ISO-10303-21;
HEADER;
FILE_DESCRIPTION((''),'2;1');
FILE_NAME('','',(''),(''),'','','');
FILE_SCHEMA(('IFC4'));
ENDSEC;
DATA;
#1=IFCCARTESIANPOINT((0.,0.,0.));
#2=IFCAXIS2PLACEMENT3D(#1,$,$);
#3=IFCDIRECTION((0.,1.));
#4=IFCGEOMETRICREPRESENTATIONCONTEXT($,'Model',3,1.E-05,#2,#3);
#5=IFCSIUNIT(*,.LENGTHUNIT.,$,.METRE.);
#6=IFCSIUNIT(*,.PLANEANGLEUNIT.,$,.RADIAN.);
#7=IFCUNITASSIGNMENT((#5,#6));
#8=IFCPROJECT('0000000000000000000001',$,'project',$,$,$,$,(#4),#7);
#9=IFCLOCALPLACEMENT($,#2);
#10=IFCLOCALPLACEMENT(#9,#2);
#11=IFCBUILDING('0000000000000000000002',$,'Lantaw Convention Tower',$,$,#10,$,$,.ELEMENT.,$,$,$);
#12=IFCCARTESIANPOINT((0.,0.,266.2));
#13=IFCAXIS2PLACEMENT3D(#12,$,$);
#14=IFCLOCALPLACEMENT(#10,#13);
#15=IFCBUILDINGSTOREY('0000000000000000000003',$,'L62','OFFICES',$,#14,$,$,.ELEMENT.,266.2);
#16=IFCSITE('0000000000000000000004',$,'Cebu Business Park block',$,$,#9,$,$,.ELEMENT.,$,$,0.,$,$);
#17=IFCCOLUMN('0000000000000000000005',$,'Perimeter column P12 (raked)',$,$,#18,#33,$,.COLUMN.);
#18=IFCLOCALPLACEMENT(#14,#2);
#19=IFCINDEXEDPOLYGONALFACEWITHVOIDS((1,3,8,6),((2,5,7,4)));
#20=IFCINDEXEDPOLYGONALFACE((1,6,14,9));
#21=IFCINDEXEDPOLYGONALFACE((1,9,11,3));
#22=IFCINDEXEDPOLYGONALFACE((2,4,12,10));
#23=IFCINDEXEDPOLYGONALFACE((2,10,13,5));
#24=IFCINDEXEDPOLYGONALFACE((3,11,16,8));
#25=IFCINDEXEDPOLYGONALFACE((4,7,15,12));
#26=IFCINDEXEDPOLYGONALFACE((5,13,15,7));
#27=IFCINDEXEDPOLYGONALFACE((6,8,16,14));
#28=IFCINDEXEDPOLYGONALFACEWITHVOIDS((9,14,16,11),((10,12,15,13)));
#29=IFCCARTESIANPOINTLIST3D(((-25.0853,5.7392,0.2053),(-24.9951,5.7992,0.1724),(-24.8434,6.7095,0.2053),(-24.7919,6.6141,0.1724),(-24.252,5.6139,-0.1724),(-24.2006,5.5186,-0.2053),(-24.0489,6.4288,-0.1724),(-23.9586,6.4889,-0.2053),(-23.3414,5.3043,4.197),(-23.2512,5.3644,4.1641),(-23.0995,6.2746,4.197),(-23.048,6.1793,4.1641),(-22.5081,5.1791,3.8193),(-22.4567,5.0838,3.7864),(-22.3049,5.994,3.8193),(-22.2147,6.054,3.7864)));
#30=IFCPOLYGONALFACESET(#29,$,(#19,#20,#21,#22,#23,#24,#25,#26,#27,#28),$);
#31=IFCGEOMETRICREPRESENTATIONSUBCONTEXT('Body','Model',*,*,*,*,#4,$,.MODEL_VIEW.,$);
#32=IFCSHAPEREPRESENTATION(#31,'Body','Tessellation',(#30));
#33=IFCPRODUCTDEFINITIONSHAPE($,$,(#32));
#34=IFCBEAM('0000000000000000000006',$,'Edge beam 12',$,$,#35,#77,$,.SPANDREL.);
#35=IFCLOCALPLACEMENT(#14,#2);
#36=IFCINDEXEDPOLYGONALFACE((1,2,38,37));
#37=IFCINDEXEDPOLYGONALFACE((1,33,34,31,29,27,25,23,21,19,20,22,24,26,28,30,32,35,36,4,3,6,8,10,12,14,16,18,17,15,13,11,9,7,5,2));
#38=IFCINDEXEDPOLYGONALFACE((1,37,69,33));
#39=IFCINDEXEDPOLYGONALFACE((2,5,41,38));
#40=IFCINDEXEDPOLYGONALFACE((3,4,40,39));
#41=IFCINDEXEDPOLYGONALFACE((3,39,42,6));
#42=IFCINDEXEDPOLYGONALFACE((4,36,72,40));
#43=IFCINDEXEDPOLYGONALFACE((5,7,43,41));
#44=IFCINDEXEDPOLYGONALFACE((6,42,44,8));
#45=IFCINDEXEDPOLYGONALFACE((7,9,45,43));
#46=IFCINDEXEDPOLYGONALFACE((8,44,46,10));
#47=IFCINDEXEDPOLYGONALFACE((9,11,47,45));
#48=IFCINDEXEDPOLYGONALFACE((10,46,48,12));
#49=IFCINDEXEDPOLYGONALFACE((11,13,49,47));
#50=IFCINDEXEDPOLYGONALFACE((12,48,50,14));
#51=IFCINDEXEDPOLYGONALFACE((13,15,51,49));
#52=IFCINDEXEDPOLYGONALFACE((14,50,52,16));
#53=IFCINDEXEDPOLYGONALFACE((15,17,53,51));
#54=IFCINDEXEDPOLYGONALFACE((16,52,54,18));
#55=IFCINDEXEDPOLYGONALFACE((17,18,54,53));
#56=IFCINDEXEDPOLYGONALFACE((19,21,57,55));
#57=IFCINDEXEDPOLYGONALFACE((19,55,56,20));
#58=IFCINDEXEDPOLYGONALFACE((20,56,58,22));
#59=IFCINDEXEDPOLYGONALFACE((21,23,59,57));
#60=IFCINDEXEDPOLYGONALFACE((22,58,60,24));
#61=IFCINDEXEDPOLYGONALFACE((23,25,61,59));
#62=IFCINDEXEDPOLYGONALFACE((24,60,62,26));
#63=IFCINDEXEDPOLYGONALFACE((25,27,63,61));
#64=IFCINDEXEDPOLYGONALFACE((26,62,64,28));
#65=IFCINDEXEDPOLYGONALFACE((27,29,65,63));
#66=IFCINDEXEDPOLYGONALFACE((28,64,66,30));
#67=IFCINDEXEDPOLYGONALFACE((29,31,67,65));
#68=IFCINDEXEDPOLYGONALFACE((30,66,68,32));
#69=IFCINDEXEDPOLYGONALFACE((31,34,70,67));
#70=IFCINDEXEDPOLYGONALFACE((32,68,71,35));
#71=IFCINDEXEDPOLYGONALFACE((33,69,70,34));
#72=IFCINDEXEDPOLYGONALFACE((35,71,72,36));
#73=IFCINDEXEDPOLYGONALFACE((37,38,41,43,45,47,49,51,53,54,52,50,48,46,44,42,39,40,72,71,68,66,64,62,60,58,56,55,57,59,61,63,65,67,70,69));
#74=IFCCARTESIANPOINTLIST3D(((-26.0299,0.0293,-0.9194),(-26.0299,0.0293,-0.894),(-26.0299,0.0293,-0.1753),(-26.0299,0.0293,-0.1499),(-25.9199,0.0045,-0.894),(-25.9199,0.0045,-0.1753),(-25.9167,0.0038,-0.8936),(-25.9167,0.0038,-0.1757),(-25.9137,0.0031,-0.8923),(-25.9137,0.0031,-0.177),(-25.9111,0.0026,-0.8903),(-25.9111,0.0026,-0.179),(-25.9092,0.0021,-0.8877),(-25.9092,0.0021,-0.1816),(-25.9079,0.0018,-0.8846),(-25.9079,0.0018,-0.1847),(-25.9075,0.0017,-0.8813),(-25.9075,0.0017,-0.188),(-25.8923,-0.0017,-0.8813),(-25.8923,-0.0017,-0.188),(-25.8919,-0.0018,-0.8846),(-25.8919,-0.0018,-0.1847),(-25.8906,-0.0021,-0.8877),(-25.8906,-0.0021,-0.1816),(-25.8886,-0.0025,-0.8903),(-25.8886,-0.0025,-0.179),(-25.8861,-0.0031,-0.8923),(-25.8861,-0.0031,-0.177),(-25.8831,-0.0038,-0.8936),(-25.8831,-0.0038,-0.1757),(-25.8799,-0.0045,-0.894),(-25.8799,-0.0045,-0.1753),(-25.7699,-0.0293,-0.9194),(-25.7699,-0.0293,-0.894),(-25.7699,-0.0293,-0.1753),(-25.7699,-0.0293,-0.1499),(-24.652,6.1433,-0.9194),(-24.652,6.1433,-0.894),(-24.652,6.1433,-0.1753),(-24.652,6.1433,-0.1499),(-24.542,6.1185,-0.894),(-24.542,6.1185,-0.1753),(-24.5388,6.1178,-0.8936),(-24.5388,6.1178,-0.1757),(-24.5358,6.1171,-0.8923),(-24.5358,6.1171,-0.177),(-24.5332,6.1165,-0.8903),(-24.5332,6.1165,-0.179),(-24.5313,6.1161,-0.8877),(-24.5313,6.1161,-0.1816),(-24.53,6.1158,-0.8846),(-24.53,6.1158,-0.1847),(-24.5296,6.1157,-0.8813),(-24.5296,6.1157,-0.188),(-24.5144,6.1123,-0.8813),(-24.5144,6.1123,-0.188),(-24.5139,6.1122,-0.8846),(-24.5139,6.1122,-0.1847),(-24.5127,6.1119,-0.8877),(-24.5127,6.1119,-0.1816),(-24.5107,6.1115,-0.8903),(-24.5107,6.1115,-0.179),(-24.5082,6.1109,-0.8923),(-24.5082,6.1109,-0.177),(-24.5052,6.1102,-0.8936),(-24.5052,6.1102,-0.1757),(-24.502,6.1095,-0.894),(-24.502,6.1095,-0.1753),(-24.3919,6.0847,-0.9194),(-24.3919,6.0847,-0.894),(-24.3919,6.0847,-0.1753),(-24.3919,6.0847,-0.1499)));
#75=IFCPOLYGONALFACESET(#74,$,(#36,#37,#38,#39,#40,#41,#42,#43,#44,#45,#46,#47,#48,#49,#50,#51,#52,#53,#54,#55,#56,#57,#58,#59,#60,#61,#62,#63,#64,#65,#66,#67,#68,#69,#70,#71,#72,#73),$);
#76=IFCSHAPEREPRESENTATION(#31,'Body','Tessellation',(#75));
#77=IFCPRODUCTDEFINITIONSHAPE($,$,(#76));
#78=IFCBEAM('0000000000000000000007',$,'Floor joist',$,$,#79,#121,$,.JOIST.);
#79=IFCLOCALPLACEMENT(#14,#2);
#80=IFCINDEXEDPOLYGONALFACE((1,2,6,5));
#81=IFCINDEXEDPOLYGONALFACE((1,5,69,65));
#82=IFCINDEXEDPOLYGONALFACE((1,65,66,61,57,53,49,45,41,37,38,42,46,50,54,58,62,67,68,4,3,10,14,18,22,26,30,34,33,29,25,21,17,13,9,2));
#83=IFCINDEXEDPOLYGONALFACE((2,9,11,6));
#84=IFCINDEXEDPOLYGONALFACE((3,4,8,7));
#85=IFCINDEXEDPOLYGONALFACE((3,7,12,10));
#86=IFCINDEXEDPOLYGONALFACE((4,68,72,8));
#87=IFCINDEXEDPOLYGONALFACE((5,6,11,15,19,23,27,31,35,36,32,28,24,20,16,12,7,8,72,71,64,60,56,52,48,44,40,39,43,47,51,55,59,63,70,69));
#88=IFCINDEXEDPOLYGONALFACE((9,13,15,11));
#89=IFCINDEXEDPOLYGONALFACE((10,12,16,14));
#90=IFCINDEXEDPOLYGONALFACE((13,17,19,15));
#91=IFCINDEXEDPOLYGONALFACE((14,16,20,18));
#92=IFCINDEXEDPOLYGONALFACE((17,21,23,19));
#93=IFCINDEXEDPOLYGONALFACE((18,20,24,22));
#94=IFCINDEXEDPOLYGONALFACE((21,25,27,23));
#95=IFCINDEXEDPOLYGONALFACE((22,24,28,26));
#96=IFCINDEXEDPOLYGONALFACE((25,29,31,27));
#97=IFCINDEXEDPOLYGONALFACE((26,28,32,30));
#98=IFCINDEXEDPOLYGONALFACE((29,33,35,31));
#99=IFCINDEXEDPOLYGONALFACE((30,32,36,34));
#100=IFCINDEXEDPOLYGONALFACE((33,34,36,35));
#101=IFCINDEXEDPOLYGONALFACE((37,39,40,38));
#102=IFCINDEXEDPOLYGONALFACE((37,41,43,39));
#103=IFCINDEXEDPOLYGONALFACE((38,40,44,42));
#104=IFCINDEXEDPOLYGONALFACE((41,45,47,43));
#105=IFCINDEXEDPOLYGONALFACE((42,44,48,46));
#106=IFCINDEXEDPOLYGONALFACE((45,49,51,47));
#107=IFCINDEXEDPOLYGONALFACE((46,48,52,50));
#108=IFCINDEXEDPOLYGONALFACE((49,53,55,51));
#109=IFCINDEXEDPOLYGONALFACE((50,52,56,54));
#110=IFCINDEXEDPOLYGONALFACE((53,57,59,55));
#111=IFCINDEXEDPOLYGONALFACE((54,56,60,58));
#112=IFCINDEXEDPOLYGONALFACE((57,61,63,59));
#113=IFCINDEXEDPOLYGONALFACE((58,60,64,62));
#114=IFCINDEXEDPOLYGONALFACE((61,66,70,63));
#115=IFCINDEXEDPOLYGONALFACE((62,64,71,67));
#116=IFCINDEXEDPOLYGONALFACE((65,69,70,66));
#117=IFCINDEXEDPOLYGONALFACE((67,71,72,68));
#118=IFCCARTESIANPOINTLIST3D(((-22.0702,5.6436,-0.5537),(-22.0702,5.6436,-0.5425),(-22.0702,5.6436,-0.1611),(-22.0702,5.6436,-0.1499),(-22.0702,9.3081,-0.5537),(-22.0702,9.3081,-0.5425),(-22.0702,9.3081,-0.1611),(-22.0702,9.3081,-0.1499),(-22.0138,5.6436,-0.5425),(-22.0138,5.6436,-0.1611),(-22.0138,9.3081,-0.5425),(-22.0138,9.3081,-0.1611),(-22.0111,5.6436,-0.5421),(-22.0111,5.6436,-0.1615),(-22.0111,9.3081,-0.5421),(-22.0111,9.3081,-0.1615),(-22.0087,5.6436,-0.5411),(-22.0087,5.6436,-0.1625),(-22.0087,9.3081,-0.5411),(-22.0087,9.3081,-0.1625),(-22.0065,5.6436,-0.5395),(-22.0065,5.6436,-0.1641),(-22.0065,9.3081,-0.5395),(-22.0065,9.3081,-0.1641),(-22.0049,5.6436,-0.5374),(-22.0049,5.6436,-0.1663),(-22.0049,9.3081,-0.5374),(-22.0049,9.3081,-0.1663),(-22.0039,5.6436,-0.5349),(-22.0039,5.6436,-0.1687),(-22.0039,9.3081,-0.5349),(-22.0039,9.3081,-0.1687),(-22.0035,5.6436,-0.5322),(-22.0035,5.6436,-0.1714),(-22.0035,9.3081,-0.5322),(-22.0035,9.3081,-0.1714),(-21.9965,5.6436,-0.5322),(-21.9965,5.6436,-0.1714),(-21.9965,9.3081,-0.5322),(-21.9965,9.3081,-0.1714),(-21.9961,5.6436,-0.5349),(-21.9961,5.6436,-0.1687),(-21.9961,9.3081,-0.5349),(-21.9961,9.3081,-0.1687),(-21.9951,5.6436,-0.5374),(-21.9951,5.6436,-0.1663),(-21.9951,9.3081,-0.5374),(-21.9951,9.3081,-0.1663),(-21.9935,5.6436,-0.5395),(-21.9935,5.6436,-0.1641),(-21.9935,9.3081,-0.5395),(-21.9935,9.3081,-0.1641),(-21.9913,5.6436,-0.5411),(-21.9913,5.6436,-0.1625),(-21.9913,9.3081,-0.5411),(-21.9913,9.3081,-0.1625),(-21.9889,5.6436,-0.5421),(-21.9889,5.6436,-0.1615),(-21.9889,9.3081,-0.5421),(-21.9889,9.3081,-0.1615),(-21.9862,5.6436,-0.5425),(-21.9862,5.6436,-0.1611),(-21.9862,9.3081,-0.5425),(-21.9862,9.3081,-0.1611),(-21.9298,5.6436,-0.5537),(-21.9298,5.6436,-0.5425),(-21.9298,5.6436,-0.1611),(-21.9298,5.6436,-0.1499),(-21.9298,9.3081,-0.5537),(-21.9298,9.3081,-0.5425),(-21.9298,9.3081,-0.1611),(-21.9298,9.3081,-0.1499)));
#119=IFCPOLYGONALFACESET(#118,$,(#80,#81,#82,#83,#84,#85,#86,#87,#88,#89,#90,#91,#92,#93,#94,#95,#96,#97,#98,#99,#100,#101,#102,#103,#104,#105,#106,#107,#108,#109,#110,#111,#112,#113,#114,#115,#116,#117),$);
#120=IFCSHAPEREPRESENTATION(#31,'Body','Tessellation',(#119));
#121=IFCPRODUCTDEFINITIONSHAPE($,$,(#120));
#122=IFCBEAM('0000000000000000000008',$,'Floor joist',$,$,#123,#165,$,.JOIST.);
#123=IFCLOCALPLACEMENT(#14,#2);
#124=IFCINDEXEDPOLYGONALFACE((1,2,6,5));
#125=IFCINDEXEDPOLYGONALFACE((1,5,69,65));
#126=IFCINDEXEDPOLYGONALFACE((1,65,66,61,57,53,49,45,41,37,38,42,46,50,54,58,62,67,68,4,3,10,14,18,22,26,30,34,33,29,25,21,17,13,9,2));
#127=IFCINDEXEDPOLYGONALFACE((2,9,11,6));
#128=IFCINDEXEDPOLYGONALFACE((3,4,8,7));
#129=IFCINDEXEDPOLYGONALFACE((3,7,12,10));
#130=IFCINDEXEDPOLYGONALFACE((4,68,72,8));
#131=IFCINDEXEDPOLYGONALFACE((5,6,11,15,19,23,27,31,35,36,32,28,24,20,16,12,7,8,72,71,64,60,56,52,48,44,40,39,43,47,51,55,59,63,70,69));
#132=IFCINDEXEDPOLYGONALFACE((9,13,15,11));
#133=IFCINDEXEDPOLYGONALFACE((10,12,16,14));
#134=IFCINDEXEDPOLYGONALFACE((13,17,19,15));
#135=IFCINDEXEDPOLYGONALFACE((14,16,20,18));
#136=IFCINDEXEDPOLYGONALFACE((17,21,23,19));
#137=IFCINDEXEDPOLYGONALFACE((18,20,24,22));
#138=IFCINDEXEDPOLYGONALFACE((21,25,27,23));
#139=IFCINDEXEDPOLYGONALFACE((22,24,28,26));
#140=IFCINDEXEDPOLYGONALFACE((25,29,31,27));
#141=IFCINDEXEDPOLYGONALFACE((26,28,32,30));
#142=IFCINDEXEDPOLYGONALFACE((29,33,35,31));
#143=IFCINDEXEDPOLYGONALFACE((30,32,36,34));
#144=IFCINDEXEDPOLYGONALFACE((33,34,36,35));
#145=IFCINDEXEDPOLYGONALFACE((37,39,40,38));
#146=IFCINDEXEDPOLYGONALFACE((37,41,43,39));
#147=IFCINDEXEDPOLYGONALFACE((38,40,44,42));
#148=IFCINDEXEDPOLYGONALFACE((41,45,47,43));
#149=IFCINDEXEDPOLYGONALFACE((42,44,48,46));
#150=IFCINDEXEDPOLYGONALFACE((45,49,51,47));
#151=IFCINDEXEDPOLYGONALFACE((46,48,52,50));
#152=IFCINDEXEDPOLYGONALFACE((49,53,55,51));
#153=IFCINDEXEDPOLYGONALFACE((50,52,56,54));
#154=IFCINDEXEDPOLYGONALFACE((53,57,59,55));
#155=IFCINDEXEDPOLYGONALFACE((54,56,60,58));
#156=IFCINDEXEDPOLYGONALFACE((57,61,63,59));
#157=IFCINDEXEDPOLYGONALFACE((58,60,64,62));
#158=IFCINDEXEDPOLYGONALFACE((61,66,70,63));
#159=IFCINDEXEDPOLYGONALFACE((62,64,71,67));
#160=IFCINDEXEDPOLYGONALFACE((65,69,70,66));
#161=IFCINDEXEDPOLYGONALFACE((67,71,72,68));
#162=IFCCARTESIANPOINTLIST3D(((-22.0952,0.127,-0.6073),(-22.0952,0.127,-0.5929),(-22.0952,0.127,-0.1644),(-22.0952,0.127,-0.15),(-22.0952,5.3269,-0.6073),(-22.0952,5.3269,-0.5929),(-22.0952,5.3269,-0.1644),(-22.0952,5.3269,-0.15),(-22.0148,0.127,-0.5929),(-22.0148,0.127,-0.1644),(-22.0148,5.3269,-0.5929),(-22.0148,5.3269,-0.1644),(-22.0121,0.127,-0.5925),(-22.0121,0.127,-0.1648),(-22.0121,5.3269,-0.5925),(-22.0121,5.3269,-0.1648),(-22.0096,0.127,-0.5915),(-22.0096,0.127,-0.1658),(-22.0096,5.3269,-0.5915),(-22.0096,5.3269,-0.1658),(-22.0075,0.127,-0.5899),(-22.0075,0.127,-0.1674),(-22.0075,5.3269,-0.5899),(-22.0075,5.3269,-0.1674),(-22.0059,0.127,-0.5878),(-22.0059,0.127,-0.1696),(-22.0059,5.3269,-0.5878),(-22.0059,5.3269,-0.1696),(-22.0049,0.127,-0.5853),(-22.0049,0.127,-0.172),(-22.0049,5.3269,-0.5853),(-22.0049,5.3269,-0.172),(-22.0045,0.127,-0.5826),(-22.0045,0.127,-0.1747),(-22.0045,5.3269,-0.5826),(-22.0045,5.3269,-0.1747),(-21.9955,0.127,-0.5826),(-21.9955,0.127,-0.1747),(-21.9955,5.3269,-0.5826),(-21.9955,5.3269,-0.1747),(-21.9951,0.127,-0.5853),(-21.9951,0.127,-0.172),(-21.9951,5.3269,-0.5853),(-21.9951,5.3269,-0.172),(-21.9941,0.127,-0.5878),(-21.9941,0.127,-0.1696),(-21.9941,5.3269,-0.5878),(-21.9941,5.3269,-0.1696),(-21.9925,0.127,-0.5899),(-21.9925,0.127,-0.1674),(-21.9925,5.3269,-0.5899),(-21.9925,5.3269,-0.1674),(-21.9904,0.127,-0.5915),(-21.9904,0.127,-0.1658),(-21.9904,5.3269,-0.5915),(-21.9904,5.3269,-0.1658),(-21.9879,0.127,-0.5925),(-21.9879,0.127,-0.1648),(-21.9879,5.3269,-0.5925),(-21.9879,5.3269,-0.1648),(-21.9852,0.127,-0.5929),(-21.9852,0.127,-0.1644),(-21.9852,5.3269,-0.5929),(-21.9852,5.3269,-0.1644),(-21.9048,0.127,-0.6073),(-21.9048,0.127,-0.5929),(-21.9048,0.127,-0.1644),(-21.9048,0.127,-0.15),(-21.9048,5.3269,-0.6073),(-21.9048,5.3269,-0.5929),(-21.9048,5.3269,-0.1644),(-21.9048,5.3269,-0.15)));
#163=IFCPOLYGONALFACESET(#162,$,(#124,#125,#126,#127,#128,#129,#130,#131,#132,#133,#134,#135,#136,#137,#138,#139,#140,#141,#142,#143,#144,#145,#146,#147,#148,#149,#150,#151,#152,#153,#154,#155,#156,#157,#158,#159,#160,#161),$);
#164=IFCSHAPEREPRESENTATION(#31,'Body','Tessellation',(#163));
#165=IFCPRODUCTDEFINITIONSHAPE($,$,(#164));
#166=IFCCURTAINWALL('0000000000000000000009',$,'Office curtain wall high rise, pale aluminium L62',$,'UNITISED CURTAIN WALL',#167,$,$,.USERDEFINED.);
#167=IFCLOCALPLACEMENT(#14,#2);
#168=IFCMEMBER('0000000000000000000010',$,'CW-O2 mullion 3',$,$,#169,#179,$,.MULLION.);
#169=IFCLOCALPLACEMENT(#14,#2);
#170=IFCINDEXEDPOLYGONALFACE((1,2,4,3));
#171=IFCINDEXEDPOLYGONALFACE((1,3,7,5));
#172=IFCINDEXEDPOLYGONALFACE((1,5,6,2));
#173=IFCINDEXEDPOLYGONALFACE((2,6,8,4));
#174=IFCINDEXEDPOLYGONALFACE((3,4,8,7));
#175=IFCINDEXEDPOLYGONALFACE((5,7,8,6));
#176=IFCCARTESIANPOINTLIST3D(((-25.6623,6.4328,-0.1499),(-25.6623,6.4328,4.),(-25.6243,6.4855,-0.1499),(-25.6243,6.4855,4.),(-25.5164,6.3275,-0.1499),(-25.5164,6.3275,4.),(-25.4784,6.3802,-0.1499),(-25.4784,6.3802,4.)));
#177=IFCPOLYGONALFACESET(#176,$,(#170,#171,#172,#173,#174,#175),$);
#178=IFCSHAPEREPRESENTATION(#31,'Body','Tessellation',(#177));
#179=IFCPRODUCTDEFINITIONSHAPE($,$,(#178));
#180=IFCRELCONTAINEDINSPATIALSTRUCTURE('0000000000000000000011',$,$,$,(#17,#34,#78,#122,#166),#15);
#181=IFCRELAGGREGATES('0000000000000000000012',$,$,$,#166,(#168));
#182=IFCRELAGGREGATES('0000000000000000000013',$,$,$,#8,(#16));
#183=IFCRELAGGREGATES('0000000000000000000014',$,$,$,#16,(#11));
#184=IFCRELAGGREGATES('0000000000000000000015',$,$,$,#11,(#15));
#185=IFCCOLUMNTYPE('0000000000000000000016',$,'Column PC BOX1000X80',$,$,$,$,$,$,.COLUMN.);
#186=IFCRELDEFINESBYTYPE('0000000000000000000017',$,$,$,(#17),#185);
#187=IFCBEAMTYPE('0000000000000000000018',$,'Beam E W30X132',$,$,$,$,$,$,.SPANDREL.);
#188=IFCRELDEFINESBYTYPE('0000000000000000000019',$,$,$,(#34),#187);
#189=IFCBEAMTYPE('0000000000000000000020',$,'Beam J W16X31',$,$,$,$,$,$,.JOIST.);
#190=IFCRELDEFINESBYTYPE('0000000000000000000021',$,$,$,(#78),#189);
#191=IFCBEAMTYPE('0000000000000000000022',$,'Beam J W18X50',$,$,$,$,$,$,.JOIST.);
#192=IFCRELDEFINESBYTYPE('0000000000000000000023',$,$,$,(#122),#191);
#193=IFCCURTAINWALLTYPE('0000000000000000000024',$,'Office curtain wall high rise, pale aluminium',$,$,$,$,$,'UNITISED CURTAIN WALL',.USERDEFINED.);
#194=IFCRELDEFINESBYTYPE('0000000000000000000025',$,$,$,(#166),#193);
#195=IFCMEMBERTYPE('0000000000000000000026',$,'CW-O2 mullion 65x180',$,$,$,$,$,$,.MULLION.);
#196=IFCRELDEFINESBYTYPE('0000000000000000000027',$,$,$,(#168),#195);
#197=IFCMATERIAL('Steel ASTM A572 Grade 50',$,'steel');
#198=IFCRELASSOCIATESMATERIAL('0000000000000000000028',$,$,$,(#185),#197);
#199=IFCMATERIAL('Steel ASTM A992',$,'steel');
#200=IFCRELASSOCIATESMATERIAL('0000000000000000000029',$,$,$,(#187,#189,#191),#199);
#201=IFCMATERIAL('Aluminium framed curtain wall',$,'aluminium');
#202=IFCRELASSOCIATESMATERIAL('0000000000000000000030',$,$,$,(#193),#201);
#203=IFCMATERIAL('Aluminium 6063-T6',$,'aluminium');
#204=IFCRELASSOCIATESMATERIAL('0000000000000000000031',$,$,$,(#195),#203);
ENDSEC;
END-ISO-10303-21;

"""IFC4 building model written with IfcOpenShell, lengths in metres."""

from ifc_helpers import new_model, si_unit, direction, frame, origin, origin_2d, place, context, subcontext, project, spatial, rectangle, hollow_rectangle, i_section, extrude, material, material_profile, profile_set, type_object, element, aggregate, save


model = new_model("IFC4")

# Units and contexts
model_context = context("Model", 3, precision=1e-05, world=origin(), true_north=direction((0.0, 1.0)))
body_context = subcontext(model_context, "Body", "Model", "MODEL_VIEW")
ifc_project = project(units=[si_unit("LENGTHUNIT", "METRE"), si_unit("PLANEANGLEUNIT", "RADIAN")], contexts=[model_context])

# Site, building, storey
site_placement = place(None, origin())
site = spatial("IfcSite", under=ifc_project, at=site_placement, Name="Cebu Business Park block", CompositionType="ELEMENT", RefElevation=0.0)
building_placement = place(site_placement, origin())
building = spatial("IfcBuilding", under=site, at=building_placement, Name="Lantaw Convention Tower", CompositionType="ELEMENT")
storey_placement = place(building_placement, frame((0.0, 0.0, 266.2)))
storey = spatial("IfcBuildingStorey", under=building, at=storey_placement, Name="L62", Description="OFFICES", CompositionType="ELEMENT", Elevation=266.2)

# Column
ifc_material_1 = material(Name="Steel ASTM A572 Grade 50", Category="steel")
ifc_material_profile_1 = material_profile(ifc_material_1, hollow_rectangle(XDim=1.0, YDim=1.0, WallThickness=0.0801, at=origin_2d()), Name="BOX1000X80")
ifc_material_2 = material(Name="Concrete C60/75", Category="concrete")
ifc_material_profile_2 = material_profile(ifc_material_2, rectangle(XDim=0.8401, YDim=0.8401, at=origin_2d()), Name="Concrete fill of BOX1000X80")
ifc_profile_set_1 = profile_set([ifc_material_profile_1, ifc_material_profile_2], Name="Steel ASTM A572 Grade 50")
column_type = type_object("IfcColumnType", Name="Column PC BOX1000X80", PredefinedType="COLUMN", material=ifc_profile_set_1)
column_placement = place(storey_placement, frame((-24.522, 6.114, 0.0), z_axis=(0.398363, -0.099326, 0.911834), x_axis=(0.241928, 0.970294, 0.0)))
element("IfcColumn", 1, at=column_placement, inside=storey, type_object=column_type, Name="Perimeter column P12 (raked)", PredefinedType="COLUMN", context=body_context, shape_type="SweptSolid", body=[
    extrude(hollow_rectangle(XDim=1.0, YDim=1.0, WallThickness=0.0801, at=origin_2d()), origin(), (0.0, 0.0, 1.0), 4.3777),
])

# Beams
ifc_material_3 = material(Name="Steel ASTM A992", Category="steel")
ifc_material_profile_3 = material_profile(ifc_material_3, i_section(OverallWidth=0.2666, OverallDepth=0.7695, WebThickness=0.0156, FlangeThickness=0.0254, FilletRadius=0.0127, at=origin_2d()), Name="W30X132")
ifc_profile_set_2 = profile_set([ifc_material_profile_3], Name="Steel ASTM A992")
beam_type_1 = type_object("IfcBeamType", Name="Beam E W30X132", PredefinedType="SPANDREL", material=ifc_profile_set_2)
beam_1_placement = place(storey_placement, frame((-24.522, 6.114, -0.5347), z_axis=(-0.219858, -0.975532, 0.0), x_axis=(0.975532, -0.219858, 0.0)))
element("IfcBeam", 2, at=beam_1_placement, inside=storey, type_object=beam_type_1, Name="Edge beam 12", PredefinedType="SPANDREL", context=body_context, shape_type="SweptSolid", body=[
    extrude(i_section(OverallWidth=0.2666, OverallDepth=0.7695, WebThickness=0.0156, FlangeThickness=0.0254, FilletRadius=0.0127, at=origin_2d()), origin(), (0.0, 0.0, 1.0), 6.2673),
])
ifc_material_profile_4 = material_profile(ifc_material_3, i_section(OverallWidth=0.1404, OverallDepth=0.4038, WebThickness=0.0071, FlangeThickness=0.0112, FilletRadius=0.0103, at=origin_2d()), Name="W16X31")
ifc_profile_set_3 = profile_set([ifc_material_profile_4], Name="Steel ASTM A992")
beam_type_2 = type_object("IfcBeamType", Name="Beam J W16X31", PredefinedType="JOIST", material=ifc_profile_set_3)
beam_2_placement = place(storey_placement, frame((-22.0, 5.6436, -0.3518), z_axis=(0.0, 1.0, 0.0), x_axis=(-1.0, 0.0, 0.0)))
element("IfcBeam", 3, at=beam_2_placement, inside=storey, type_object=beam_type_2, Name="Floor joist", PredefinedType="JOIST", context=body_context, shape_type="SweptSolid", body=[
    extrude(i_section(OverallWidth=0.1404, OverallDepth=0.4038, WebThickness=0.0071, FlangeThickness=0.0112, FilletRadius=0.0103, at=origin_2d()), origin(), (0.0, 0.0, 1.0), 3.6646),
])
ifc_material_profile_5 = material_profile(ifc_material_3, i_section(OverallWidth=0.1904, OverallDepth=0.4573, WebThickness=0.009, FlangeThickness=0.0144, FilletRadius=0.0103, at=origin_2d()), Name="W18X50")
ifc_profile_set_4 = profile_set([ifc_material_profile_5], Name="Steel ASTM A992")
beam_type_3 = type_object("IfcBeamType", Name="Beam J W18X50", PredefinedType="JOIST", material=ifc_profile_set_4)
beam_3_placement = place(storey_placement, frame((-22.0, 0.127, -0.3787), z_axis=(0.0, 1.0, 0.0), x_axis=(-1.0, 0.0, 0.0)))
element("IfcBeam", 4, at=beam_3_placement, inside=storey, type_object=beam_type_3, Name="Floor joist", PredefinedType="JOIST", context=body_context, shape_type="SweptSolid", body=[
    extrude(i_section(OverallWidth=0.1904, OverallDepth=0.4573, WebThickness=0.009, FlangeThickness=0.0144, FilletRadius=0.0103, at=origin_2d()), origin(), (0.0, 0.0, 1.0), 5.2),
])

# Curtain wall, member
ifc_material_4 = material(Name="Aluminium framed curtain wall", Category="aluminium")
curtain_wall_type = type_object("IfcCurtainWallType", Name="Office curtain wall high rise, pale aluminium", ElementType="UNITISED CURTAIN WALL", PredefinedType="USERDEFINED", material=ifc_material_4)
curtain_wall_1_placement = place(storey_placement, origin())
curtain_wall_1 = element("IfcCurtainWall", 5, at=curtain_wall_1_placement, inside=storey, type_object=curtain_wall_type, Name="Office curtain wall high rise, pale aluminium L62", ObjectType="UNITISED CURTAIN WALL", PredefinedType="USERDEFINED")
ifc_material_5 = material(Name="Aluminium 6063-T6", Category="aluminium")
ifc_material_profile_6 = material_profile(ifc_material_5, rectangle(XDim=0.1799, YDim=0.0649, at=origin_2d()), Name="CW-O2 mullion 65x180")
ifc_profile_set_5 = profile_set([ifc_material_profile_6], Name="Aluminium 6063-T6")
member_type_1 = type_object("IfcMemberType", Name="CW-O2 mullion 65x180", PredefinedType="MULLION", material=ifc_profile_set_5)
member_1_placement = place(storey_placement, frame((-25.5703, 6.4065, -0.1499), z_axis=(0.0, 0.0, 1.0), x_axis=(0.81092, -0.585158, 0.0)))
member_1 = element("IfcMember", 6, at=member_1_placement, type_object=member_type_1, Name="CW-O2 mullion 3", PredefinedType="MULLION", context=body_context, shape_type="SweptSolid", body=[
    extrude(rectangle(XDim=0.1799, YDim=0.0649, at=origin_2d()), origin(), (0.0, 0.0, 1.0), 4.1499),
])

aggregate(curtain_wall_1, [member_1])

save(model, "model.ifc")
